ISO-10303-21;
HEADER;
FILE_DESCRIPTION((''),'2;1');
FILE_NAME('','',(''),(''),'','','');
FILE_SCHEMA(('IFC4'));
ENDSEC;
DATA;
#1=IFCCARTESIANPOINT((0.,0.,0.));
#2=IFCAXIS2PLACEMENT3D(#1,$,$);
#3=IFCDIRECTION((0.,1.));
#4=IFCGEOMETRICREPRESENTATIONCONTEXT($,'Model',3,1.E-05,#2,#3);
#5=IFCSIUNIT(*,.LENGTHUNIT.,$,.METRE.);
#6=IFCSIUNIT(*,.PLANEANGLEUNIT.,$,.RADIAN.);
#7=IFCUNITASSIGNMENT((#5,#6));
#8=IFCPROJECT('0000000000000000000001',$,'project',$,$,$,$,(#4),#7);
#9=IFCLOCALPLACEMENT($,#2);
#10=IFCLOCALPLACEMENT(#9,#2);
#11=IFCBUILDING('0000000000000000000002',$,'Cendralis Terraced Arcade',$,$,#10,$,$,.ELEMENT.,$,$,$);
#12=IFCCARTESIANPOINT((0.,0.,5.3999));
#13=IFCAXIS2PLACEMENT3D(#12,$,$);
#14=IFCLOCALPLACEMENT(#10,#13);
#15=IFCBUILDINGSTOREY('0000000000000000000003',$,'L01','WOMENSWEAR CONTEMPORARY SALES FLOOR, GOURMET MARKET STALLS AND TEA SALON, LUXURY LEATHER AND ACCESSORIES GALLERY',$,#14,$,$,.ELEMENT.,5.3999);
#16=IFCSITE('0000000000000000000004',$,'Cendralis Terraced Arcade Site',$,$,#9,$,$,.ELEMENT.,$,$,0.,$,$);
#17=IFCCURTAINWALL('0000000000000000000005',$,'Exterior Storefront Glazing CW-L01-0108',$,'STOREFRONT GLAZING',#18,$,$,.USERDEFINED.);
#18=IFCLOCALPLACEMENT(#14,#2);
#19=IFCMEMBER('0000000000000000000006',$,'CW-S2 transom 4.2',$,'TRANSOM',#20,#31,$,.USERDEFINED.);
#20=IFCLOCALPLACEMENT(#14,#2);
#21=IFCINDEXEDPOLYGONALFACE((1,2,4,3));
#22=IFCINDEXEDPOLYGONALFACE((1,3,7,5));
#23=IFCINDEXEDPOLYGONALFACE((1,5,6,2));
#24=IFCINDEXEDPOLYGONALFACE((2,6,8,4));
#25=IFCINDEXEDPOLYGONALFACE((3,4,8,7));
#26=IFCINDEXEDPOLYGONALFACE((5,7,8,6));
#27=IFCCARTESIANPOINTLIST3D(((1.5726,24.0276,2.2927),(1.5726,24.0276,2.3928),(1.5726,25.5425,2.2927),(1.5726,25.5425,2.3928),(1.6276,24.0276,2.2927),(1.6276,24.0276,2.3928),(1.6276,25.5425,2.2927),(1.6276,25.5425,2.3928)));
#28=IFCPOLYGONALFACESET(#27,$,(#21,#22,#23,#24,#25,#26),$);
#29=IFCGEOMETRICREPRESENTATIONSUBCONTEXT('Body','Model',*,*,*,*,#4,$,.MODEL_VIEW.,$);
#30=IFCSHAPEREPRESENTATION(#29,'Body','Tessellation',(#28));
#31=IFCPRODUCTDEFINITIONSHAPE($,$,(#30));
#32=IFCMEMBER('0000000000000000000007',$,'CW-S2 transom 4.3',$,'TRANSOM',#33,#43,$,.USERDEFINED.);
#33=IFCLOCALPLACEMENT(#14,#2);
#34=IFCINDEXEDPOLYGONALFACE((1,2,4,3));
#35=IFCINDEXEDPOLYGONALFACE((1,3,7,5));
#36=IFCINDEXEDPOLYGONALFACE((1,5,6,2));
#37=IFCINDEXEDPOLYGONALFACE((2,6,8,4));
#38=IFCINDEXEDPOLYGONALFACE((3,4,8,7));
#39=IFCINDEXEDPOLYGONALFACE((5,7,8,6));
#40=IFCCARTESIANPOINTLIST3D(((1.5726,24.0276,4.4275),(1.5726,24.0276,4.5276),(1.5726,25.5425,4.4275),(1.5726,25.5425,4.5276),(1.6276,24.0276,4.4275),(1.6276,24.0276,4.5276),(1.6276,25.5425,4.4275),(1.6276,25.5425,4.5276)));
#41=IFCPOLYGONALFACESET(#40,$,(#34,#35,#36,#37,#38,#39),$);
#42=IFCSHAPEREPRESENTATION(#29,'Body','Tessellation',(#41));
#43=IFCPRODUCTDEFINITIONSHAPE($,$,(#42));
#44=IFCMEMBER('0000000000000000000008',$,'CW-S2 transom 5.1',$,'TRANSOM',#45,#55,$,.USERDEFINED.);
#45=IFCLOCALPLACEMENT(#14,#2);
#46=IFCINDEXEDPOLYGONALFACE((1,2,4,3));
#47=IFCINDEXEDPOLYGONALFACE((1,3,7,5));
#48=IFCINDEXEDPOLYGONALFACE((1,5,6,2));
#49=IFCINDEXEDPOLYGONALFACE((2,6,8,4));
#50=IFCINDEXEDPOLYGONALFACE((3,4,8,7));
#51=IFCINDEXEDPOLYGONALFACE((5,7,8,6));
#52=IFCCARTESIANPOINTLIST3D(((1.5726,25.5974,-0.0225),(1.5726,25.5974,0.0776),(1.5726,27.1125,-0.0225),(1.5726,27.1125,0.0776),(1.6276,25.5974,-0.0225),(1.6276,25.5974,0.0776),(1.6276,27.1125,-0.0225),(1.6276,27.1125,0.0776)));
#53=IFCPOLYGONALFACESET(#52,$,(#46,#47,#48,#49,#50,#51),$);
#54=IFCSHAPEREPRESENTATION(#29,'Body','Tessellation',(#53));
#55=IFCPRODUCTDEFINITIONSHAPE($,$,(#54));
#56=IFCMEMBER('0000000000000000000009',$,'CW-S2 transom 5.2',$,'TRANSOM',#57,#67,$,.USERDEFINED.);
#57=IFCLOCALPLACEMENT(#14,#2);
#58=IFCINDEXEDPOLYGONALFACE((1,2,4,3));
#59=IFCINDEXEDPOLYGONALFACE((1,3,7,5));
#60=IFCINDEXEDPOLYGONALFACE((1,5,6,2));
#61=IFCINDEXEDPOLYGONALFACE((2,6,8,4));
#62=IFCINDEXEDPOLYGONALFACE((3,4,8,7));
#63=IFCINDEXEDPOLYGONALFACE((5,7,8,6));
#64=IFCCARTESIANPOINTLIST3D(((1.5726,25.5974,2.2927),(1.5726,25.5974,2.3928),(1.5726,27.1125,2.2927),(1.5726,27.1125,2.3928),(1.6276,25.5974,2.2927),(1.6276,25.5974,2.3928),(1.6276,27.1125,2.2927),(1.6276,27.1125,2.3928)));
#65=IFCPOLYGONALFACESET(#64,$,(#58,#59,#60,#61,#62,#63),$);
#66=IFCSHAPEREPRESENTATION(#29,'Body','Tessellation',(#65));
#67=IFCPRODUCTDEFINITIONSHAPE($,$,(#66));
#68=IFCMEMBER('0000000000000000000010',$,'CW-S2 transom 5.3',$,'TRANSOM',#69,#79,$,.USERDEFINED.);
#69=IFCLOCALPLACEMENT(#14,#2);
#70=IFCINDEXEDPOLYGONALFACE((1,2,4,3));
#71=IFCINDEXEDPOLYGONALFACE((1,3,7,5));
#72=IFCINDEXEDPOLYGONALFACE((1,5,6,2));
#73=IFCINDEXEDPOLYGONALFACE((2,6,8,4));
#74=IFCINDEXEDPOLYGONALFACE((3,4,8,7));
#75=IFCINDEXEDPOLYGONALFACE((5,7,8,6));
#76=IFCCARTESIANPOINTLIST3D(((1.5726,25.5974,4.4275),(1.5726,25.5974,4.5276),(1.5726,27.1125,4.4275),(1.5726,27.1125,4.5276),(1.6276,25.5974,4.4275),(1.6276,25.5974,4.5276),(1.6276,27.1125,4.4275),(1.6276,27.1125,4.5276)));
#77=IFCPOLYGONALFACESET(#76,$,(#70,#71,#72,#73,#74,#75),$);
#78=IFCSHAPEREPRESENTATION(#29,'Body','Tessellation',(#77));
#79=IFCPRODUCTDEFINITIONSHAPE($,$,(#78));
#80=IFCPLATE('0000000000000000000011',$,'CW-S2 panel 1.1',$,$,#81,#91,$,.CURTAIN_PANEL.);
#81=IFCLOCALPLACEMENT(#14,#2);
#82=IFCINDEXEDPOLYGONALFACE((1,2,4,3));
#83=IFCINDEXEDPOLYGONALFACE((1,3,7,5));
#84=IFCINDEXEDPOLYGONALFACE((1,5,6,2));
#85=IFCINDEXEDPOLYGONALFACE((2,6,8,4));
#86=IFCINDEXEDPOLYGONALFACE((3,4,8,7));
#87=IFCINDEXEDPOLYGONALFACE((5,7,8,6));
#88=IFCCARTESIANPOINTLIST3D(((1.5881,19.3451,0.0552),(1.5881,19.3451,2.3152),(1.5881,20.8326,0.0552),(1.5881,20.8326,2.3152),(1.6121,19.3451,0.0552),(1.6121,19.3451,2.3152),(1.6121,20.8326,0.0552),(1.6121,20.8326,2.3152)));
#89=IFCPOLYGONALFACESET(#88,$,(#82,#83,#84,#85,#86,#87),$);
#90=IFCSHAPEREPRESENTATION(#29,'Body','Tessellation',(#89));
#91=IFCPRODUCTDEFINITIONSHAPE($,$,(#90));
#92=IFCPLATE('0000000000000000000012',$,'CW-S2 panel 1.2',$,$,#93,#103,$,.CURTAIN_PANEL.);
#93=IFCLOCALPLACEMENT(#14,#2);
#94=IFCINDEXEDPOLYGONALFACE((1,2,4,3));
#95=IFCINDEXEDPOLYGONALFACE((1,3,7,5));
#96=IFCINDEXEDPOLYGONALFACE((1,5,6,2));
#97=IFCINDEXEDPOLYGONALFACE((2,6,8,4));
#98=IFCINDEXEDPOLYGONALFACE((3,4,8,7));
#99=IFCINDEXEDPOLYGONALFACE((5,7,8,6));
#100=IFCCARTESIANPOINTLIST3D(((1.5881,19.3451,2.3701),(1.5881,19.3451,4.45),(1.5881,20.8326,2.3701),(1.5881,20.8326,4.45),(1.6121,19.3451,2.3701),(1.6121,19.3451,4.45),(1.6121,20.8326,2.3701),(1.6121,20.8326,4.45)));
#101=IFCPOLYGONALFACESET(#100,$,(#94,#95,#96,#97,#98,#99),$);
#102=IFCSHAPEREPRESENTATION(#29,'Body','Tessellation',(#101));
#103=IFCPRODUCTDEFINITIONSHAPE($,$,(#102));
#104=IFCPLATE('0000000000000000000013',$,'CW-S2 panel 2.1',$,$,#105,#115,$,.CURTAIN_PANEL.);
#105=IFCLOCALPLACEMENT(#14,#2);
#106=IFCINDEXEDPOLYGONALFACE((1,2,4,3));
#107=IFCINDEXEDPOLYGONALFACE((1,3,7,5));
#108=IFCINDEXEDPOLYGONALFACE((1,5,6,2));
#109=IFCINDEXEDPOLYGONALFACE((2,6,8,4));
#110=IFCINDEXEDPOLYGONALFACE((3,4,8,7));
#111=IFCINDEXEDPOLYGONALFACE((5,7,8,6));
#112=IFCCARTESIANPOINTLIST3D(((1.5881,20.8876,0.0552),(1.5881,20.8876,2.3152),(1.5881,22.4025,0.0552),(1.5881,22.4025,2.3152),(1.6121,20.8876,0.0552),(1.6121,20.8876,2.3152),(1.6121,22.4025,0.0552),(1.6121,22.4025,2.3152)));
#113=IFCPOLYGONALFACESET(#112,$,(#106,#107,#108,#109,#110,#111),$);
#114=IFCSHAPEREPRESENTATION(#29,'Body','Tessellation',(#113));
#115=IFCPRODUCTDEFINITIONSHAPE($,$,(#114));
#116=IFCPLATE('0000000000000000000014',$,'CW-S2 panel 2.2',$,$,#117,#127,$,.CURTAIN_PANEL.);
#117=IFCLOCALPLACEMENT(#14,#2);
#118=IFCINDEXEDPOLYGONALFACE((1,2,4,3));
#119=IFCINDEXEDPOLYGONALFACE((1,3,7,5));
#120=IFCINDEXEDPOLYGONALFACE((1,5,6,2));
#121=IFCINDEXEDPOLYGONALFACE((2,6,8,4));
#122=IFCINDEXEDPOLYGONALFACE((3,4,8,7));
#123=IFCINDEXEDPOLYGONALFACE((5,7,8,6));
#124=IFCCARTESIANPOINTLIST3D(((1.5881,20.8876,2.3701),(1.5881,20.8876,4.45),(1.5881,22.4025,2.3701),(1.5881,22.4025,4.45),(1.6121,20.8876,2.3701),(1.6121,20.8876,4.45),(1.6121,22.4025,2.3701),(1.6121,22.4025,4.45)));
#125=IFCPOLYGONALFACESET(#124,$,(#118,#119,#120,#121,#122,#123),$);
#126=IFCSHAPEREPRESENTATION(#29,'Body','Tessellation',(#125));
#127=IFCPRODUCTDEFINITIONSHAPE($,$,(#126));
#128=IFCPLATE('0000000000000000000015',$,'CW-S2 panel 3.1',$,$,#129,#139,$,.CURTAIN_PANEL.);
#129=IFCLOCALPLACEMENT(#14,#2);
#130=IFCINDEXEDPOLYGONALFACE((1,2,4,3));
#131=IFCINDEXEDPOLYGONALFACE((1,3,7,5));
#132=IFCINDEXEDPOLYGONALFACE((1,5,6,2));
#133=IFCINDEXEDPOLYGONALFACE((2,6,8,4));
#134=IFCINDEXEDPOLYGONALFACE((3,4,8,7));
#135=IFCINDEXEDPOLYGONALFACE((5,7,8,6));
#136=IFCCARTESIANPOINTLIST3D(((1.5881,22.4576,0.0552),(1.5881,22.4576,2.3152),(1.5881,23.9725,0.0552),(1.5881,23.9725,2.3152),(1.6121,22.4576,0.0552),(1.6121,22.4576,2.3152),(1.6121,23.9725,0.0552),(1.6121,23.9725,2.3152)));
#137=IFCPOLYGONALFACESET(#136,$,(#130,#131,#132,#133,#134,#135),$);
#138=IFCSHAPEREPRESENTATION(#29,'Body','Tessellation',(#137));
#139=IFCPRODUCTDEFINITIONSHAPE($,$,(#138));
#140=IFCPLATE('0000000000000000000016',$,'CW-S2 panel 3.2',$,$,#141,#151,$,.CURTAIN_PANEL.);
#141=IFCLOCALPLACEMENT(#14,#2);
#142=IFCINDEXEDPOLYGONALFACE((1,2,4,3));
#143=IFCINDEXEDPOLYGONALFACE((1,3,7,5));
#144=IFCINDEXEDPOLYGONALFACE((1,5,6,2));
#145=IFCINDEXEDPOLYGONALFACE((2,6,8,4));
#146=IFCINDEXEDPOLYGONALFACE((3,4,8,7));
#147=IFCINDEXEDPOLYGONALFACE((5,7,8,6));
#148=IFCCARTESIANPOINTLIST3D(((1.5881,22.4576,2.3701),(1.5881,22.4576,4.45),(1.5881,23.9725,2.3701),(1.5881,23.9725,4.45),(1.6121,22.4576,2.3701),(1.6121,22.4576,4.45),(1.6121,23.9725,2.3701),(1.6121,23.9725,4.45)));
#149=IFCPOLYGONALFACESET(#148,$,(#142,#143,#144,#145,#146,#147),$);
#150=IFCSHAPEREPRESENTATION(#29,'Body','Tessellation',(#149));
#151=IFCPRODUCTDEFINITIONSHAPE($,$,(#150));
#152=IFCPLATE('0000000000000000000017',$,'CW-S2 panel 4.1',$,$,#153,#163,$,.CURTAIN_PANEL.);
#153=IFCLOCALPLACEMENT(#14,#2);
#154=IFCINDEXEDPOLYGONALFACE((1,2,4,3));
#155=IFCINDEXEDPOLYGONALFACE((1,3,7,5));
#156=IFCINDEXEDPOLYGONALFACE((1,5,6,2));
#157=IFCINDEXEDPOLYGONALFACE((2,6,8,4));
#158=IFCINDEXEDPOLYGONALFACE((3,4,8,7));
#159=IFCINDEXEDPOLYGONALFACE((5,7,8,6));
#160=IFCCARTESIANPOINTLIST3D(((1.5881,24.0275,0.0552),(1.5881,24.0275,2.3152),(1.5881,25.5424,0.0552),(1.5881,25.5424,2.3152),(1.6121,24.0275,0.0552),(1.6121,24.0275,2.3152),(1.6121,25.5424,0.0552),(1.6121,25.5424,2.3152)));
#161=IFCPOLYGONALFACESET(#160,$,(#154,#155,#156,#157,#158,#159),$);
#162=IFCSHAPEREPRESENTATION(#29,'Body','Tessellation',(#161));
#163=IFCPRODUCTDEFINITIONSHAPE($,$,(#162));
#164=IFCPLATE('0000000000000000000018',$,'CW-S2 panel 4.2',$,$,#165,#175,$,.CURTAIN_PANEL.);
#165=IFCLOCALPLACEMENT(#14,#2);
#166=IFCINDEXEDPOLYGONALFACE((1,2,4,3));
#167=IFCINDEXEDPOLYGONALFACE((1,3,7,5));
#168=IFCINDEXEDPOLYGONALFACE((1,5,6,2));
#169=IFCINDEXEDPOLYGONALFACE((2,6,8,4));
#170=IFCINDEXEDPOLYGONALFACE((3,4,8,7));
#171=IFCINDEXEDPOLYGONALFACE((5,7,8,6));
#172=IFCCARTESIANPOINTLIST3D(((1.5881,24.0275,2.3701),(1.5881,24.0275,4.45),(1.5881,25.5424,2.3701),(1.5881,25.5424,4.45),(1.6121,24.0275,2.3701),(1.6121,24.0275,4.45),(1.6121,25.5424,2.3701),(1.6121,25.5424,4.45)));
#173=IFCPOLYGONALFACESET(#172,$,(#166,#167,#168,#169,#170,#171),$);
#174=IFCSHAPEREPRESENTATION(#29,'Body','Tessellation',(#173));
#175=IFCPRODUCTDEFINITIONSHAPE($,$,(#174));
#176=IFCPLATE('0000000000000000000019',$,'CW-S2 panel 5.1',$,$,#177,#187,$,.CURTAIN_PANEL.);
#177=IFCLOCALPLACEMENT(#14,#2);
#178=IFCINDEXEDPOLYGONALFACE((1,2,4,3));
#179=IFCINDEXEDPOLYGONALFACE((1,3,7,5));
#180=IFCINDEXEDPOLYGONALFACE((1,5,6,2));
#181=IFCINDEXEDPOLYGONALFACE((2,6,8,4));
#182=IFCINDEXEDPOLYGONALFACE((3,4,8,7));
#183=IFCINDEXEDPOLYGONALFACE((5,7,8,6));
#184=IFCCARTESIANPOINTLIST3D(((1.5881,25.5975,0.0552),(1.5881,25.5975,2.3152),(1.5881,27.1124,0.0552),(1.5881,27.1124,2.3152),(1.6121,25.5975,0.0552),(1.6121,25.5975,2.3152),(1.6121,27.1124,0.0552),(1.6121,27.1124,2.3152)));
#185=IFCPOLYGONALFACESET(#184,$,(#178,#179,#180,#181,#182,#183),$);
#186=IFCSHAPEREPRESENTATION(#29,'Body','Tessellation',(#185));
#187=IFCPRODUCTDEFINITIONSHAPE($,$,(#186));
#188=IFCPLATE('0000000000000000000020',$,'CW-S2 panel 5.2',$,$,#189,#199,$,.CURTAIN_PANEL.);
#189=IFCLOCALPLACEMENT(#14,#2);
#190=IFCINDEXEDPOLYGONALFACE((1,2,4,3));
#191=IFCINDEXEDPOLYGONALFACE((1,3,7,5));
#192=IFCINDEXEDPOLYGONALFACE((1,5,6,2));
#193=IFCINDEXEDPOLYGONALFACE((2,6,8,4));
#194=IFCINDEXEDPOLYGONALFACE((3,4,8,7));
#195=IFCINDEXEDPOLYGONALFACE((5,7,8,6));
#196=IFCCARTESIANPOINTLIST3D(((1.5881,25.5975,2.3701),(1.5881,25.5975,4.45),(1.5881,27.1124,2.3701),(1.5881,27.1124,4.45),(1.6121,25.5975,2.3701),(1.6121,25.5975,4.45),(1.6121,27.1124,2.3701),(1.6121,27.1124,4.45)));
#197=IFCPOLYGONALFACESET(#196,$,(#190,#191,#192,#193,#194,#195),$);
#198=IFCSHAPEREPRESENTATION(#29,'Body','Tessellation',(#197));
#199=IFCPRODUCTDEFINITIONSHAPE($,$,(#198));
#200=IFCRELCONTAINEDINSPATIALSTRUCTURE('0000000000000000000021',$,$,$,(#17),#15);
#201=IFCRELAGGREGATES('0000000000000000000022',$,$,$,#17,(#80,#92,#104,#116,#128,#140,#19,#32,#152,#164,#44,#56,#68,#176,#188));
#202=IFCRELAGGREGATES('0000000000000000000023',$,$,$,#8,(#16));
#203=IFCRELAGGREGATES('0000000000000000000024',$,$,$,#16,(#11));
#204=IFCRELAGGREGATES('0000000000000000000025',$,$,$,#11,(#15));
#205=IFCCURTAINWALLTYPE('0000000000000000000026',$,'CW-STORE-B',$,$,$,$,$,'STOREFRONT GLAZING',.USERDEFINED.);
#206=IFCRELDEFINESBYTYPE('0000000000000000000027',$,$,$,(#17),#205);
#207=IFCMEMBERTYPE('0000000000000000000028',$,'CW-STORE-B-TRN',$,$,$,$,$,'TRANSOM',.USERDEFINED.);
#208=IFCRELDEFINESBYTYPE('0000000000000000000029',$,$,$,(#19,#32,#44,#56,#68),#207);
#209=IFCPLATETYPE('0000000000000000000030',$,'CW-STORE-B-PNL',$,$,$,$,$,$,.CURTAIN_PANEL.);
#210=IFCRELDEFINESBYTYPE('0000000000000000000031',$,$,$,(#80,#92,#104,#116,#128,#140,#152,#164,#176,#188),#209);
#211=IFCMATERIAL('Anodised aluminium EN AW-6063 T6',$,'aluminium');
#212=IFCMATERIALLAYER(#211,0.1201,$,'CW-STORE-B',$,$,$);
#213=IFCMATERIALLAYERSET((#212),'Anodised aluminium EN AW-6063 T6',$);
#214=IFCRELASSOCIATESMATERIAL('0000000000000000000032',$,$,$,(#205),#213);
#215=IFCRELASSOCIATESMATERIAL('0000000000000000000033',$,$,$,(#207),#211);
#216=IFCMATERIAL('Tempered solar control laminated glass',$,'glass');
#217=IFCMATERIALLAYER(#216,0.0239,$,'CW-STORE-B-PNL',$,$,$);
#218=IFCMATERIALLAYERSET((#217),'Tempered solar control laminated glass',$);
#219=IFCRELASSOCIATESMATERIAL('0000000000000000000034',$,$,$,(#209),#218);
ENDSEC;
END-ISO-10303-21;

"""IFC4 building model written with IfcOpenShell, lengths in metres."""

from ifc_helpers import new_model, si_unit, direction, frame, origin, origin_2d, place, context, subcontext, project, spatial, rectangle, extrude, material, layer, layer_set, material_profile, profile_set, type_object, element, aggregate, save


model = new_model("IFC4")

# Units and contexts
model_context = context("Model", 3, precision=1e-05, world=origin(), true_north=direction((0.0, 1.0)))
body_context = subcontext(model_context, "Body", "Model", "MODEL_VIEW")
ifc_project = project(units=[si_unit("LENGTHUNIT", "METRE"), si_unit("PLANEANGLEUNIT", "RADIAN")], contexts=[model_context])

# Site, building, storey
site_placement = place(None, origin())
site = spatial("IfcSite", under=ifc_project, at=site_placement, Name="Cendralis Terraced Arcade Site", CompositionType="ELEMENT", RefElevation=0.0)
building_placement = place(site_placement, origin())
building = spatial("IfcBuilding", under=site, at=building_placement, Name="Cendralis Terraced Arcade", CompositionType="ELEMENT")
storey_placement = place(building_placement, frame((0.0, 0.0, 5.3999)))
storey = spatial("IfcBuildingStorey", under=building, at=storey_placement, Name="L01", Description="WOMENSWEAR CONTEMPORARY SALES FLOOR, GOURMET MARKET STALLS AND TEA SALON, LUXURY LEATHER AND ACCESSORIES GALLERY", CompositionType="ELEMENT", Elevation=5.3999)

# Curtain wall, members, plates
ifc_material_1 = material(Name="Anodised aluminium EN AW-6063 T6", Category="aluminium")
ifc_layer_1 = layer(ifc_material_1, 0.1201, Name="CW-STORE-B")
ifc_layer_set_1 = layer_set([ifc_layer_1], Name="Anodised aluminium EN AW-6063 T6")
curtain_wall_type = type_object("IfcCurtainWallType", Name="CW-STORE-B", ElementType="STOREFRONT GLAZING", PredefinedType="USERDEFINED", material=ifc_layer_set_1)
curtain_wall_placement = place(storey_placement, origin())
curtain_wall = element("IfcCurtainWall", 1, at=curtain_wall_placement, inside=storey, type_object=curtain_wall_type, Name="Exterior Storefront Glazing CW-L01-0108", ObjectType="STOREFRONT GLAZING", PredefinedType="USERDEFINED")
ifc_material_profile_1 = material_profile(ifc_material_1, rectangle(XDim=0.0549, YDim=0.1001, at=origin_2d()), Name="ALU-TRN-55x100")
ifc_profile_set_1 = profile_set([ifc_material_profile_1], Name="Anodised aluminium EN AW-6063 T6")
member_type_1 = type_object("IfcMemberType", Name="CW-STORE-B-TRN", ElementType="TRANSOM", PredefinedType="USERDEFINED", material=ifc_profile_set_1)
member_1_placement = place(storey_placement, frame((1.6001, 24.0276, 2.3428), z_axis=(0.0, 1.0, 0.0), x_axis=(-1.0, 0.0, 0.0)))
member_1 = element("IfcMember", 2, at=member_1_placement, type_object=member_type_1, Name="CW-S2 transom 4.2", ObjectType="TRANSOM", PredefinedType="USERDEFINED", context=body_context, shape_type="SweptSolid", body=[
    extrude(rectangle(XDim=0.0549, YDim=0.1001, at=origin_2d()), origin(), (0.0, 0.0, 1.0), 1.5149),
])
member_2_placement = place(storey_placement, frame((1.6001, 24.0276, 4.4775), z_axis=(0.0, 1.0, 0.0), x_axis=(-1.0, 0.0, 0.0)))
member_2 = element("IfcMember", 3, at=member_2_placement, type_object=member_type_1, Name="CW-S2 transom 4.3", ObjectType="TRANSOM", PredefinedType="USERDEFINED", context=body_context, shape_type="SweptSolid", body=[
    extrude(rectangle(XDim=0.0549, YDim=0.1001, at=origin_2d()), origin(), (0.0, 0.0, 1.0), 1.5149),
])
member_3_placement = place(storey_placement, frame((1.6001, 25.5974, 0.0276), z_axis=(0.0, 1.0, 0.0), x_axis=(-1.0, 0.0, 0.0)))
member_3 = element("IfcMember", 4, at=member_3_placement, type_object=member_type_1, Name="CW-S2 transom 5.1", ObjectType="TRANSOM", PredefinedType="USERDEFINED", context=body_context, shape_type="SweptSolid", body=[
    extrude(rectangle(XDim=0.0549, YDim=0.1001, at=origin_2d()), origin(), (0.0, 0.0, 1.0), 1.5151),
])
member_4_placement = place(storey_placement, frame((1.6001, 25.5974, 2.3428), z_axis=(0.0, 1.0, 0.0), x_axis=(-1.0, 0.0, 0.0)))
member_4 = element("IfcMember", 5, at=member_4_placement, type_object=member_type_1, Name="CW-S2 transom 5.2", ObjectType="TRANSOM", PredefinedType="USERDEFINED", context=body_context, shape_type="SweptSolid", body=[
    extrude(rectangle(XDim=0.0549, YDim=0.1001, at=origin_2d()), origin(), (0.0, 0.0, 1.0), 1.5151),
])
member_5_placement = place(storey_placement, frame((1.6001, 25.5974, 4.4775), z_axis=(0.0, 1.0, 0.0), x_axis=(-1.0, 0.0, 0.0)))
member_5 = element("IfcMember", 6, at=member_5_placement, type_object=member_type_1, Name="CW-S2 transom 5.3", ObjectType="TRANSOM", PredefinedType="USERDEFINED", context=body_context, shape_type="SweptSolid", body=[
    extrude(rectangle(XDim=0.0549, YDim=0.1001, at=origin_2d()), origin(), (0.0, 0.0, 1.0), 1.5151),
])
ifc_material_2 = material(Name="Tempered solar control laminated glass", Category="glass")
ifc_layer_2 = layer(ifc_material_2, 0.0239, Name="CW-STORE-B-PNL")
ifc_layer_set_2 = layer_set([ifc_layer_2], Name="Tempered solar control laminated glass")
plate_type = type_object("IfcPlateType", Name="CW-STORE-B-PNL", PredefinedType="CURTAIN_PANEL", material=ifc_layer_set_2)
plate_1_placement = place(storey_placement, frame((1.6001, 20.0889, 0.0552), z_axis=(0.0, 0.0, 1.0), x_axis=(0.0, 1.0, 0.0)))
plate_1 = element("IfcPlate", 7, at=plate_1_placement, type_object=plate_type, Name="CW-S2 panel 1.1", PredefinedType="CURTAIN_PANEL", context=body_context, shape_type="SweptSolid", body=[
    extrude(rectangle(XDim=1.4875, YDim=0.0239, at=origin_2d()), origin(), (0.0, 0.0, 1.0), 2.26),
])
plate_2_placement = place(storey_placement, frame((1.6001, 20.0889, 2.3701), z_axis=(0.0, 0.0, 1.0), x_axis=(0.0, 1.0, 0.0)))
plate_2 = element("IfcPlate", 8, at=plate_2_placement, type_object=plate_type, Name="CW-S2 panel 1.2", PredefinedType="CURTAIN_PANEL", context=body_context, shape_type="SweptSolid", body=[
    extrude(rectangle(XDim=1.4875, YDim=0.0239, at=origin_2d()), origin(), (0.0, 0.0, 1.0), 2.0798),
])
plate_3_placement = place(storey_placement, frame((1.6001, 21.645, 0.0552), z_axis=(0.0, 0.0, 1.0), x_axis=(0.0, 1.0, 0.0)))
plate_3 = element("IfcPlate", 9, at=plate_3_placement, type_object=plate_type, Name="CW-S2 panel 2.1", PredefinedType="CURTAIN_PANEL", context=body_context, shape_type="SweptSolid", body=[
    extrude(rectangle(XDim=1.5149, YDim=0.0239, at=origin_2d()), origin(), (0.0, 0.0, 1.0), 2.26),
])
plate_4_placement = place(storey_placement, frame((1.6001, 21.645, 2.3701), z_axis=(0.0, 0.0, 1.0), x_axis=(0.0, 1.0, 0.0)))
plate_4 = element("IfcPlate", 10, at=plate_4_placement, type_object=plate_type, Name="CW-S2 panel 2.2", PredefinedType="CURTAIN_PANEL", context=body_context, shape_type="SweptSolid", body=[
    extrude(rectangle(XDim=1.5149, YDim=0.0239, at=origin_2d()), origin(), (0.0, 0.0, 1.0), 2.0798),
])
plate_5_placement = place(storey_placement, frame((1.6001, 23.2151, 0.0552), z_axis=(0.0, 0.0, 1.0), x_axis=(0.0, 1.0, 0.0)))
plate_5 = element("IfcPlate", 11, at=plate_5_placement, type_object=plate_type, Name="CW-S2 panel 3.1", PredefinedType="CURTAIN_PANEL", context=body_context, shape_type="SweptSolid", body=[
    extrude(rectangle(XDim=1.5149, YDim=0.0239, at=origin_2d()), origin(), (0.0, 0.0, 1.0), 2.26),
])
plate_6_placement = place(storey_placement, frame((1.6001, 23.2151, 2.3701), z_axis=(0.0, 0.0, 1.0), x_axis=(0.0, 1.0, 0.0)))
plate_6 = element("IfcPlate", 12, at=plate_6_placement, type_object=plate_type, Name="CW-S2 panel 3.2", PredefinedType="CURTAIN_PANEL", context=body_context, shape_type="SweptSolid", body=[
    extrude(rectangle(XDim=1.5149, YDim=0.0239, at=origin_2d()), origin(), (0.0, 0.0, 1.0), 2.0798),
])
plate_7_placement = place(storey_placement, frame((1.6001, 24.7849, 0.0552), z_axis=(0.0, 0.0, 1.0), x_axis=(0.0, 1.0, 0.0)))
plate_7 = element("IfcPlate", 13, at=plate_7_placement, type_object=plate_type, Name="CW-S2 panel 4.1", PredefinedType="CURTAIN_PANEL", context=body_context, shape_type="SweptSolid", body=[
    extrude(rectangle(XDim=1.5149, YDim=0.0239, at=origin_2d()), origin(), (0.0, 0.0, 1.0), 2.26),
])
plate_8_placement = place(storey_placement, frame((1.6001, 24.7849, 2.3701), z_axis=(0.0, 0.0, 1.0), x_axis=(0.0, 1.0, 0.0)))
plate_8 = element("IfcPlate", 14, at=plate_8_placement, type_object=plate_type, Name="CW-S2 panel 4.2", PredefinedType="CURTAIN_PANEL", context=body_context, shape_type="SweptSolid", body=[
    extrude(rectangle(XDim=1.5149, YDim=0.0239, at=origin_2d()), origin(), (0.0, 0.0, 1.0), 2.0798),
])
plate_9_placement = place(storey_placement, frame((1.6001, 26.355, 0.0552), z_axis=(0.0, 0.0, 1.0), x_axis=(0.0, 1.0, 0.0)))
plate_9 = element("IfcPlate", 15, at=plate_9_placement, type_object=plate_type, Name="CW-S2 panel 5.1", PredefinedType="CURTAIN_PANEL", context=body_context, shape_type="SweptSolid", body=[
    extrude(rectangle(XDim=1.5149, YDim=0.0239, at=origin_2d()), origin(), (0.0, 0.0, 1.0), 2.26),
])
plate_10_placement = place(storey_placement, frame((1.6001, 26.355, 2.3701), z_axis=(0.0, 0.0, 1.0), x_axis=(0.0, 1.0, 0.0)))
plate_10 = element("IfcPlate", 16, at=plate_10_placement, type_object=plate_type, Name="CW-S2 panel 5.2", PredefinedType="CURTAIN_PANEL", context=body_context, shape_type="SweptSolid", body=[
    extrude(rectangle(XDim=1.5149, YDim=0.0239, at=origin_2d()), origin(), (0.0, 0.0, 1.0), 2.0798),
])
aggregate(curtain_wall, [plate_1, plate_2, plate_3, plate_4, plate_5, plate_6, member_1, member_2, plate_7, plate_8, member_3, member_4, member_5, plate_9, plate_10])

save(model, "model.ifc")
